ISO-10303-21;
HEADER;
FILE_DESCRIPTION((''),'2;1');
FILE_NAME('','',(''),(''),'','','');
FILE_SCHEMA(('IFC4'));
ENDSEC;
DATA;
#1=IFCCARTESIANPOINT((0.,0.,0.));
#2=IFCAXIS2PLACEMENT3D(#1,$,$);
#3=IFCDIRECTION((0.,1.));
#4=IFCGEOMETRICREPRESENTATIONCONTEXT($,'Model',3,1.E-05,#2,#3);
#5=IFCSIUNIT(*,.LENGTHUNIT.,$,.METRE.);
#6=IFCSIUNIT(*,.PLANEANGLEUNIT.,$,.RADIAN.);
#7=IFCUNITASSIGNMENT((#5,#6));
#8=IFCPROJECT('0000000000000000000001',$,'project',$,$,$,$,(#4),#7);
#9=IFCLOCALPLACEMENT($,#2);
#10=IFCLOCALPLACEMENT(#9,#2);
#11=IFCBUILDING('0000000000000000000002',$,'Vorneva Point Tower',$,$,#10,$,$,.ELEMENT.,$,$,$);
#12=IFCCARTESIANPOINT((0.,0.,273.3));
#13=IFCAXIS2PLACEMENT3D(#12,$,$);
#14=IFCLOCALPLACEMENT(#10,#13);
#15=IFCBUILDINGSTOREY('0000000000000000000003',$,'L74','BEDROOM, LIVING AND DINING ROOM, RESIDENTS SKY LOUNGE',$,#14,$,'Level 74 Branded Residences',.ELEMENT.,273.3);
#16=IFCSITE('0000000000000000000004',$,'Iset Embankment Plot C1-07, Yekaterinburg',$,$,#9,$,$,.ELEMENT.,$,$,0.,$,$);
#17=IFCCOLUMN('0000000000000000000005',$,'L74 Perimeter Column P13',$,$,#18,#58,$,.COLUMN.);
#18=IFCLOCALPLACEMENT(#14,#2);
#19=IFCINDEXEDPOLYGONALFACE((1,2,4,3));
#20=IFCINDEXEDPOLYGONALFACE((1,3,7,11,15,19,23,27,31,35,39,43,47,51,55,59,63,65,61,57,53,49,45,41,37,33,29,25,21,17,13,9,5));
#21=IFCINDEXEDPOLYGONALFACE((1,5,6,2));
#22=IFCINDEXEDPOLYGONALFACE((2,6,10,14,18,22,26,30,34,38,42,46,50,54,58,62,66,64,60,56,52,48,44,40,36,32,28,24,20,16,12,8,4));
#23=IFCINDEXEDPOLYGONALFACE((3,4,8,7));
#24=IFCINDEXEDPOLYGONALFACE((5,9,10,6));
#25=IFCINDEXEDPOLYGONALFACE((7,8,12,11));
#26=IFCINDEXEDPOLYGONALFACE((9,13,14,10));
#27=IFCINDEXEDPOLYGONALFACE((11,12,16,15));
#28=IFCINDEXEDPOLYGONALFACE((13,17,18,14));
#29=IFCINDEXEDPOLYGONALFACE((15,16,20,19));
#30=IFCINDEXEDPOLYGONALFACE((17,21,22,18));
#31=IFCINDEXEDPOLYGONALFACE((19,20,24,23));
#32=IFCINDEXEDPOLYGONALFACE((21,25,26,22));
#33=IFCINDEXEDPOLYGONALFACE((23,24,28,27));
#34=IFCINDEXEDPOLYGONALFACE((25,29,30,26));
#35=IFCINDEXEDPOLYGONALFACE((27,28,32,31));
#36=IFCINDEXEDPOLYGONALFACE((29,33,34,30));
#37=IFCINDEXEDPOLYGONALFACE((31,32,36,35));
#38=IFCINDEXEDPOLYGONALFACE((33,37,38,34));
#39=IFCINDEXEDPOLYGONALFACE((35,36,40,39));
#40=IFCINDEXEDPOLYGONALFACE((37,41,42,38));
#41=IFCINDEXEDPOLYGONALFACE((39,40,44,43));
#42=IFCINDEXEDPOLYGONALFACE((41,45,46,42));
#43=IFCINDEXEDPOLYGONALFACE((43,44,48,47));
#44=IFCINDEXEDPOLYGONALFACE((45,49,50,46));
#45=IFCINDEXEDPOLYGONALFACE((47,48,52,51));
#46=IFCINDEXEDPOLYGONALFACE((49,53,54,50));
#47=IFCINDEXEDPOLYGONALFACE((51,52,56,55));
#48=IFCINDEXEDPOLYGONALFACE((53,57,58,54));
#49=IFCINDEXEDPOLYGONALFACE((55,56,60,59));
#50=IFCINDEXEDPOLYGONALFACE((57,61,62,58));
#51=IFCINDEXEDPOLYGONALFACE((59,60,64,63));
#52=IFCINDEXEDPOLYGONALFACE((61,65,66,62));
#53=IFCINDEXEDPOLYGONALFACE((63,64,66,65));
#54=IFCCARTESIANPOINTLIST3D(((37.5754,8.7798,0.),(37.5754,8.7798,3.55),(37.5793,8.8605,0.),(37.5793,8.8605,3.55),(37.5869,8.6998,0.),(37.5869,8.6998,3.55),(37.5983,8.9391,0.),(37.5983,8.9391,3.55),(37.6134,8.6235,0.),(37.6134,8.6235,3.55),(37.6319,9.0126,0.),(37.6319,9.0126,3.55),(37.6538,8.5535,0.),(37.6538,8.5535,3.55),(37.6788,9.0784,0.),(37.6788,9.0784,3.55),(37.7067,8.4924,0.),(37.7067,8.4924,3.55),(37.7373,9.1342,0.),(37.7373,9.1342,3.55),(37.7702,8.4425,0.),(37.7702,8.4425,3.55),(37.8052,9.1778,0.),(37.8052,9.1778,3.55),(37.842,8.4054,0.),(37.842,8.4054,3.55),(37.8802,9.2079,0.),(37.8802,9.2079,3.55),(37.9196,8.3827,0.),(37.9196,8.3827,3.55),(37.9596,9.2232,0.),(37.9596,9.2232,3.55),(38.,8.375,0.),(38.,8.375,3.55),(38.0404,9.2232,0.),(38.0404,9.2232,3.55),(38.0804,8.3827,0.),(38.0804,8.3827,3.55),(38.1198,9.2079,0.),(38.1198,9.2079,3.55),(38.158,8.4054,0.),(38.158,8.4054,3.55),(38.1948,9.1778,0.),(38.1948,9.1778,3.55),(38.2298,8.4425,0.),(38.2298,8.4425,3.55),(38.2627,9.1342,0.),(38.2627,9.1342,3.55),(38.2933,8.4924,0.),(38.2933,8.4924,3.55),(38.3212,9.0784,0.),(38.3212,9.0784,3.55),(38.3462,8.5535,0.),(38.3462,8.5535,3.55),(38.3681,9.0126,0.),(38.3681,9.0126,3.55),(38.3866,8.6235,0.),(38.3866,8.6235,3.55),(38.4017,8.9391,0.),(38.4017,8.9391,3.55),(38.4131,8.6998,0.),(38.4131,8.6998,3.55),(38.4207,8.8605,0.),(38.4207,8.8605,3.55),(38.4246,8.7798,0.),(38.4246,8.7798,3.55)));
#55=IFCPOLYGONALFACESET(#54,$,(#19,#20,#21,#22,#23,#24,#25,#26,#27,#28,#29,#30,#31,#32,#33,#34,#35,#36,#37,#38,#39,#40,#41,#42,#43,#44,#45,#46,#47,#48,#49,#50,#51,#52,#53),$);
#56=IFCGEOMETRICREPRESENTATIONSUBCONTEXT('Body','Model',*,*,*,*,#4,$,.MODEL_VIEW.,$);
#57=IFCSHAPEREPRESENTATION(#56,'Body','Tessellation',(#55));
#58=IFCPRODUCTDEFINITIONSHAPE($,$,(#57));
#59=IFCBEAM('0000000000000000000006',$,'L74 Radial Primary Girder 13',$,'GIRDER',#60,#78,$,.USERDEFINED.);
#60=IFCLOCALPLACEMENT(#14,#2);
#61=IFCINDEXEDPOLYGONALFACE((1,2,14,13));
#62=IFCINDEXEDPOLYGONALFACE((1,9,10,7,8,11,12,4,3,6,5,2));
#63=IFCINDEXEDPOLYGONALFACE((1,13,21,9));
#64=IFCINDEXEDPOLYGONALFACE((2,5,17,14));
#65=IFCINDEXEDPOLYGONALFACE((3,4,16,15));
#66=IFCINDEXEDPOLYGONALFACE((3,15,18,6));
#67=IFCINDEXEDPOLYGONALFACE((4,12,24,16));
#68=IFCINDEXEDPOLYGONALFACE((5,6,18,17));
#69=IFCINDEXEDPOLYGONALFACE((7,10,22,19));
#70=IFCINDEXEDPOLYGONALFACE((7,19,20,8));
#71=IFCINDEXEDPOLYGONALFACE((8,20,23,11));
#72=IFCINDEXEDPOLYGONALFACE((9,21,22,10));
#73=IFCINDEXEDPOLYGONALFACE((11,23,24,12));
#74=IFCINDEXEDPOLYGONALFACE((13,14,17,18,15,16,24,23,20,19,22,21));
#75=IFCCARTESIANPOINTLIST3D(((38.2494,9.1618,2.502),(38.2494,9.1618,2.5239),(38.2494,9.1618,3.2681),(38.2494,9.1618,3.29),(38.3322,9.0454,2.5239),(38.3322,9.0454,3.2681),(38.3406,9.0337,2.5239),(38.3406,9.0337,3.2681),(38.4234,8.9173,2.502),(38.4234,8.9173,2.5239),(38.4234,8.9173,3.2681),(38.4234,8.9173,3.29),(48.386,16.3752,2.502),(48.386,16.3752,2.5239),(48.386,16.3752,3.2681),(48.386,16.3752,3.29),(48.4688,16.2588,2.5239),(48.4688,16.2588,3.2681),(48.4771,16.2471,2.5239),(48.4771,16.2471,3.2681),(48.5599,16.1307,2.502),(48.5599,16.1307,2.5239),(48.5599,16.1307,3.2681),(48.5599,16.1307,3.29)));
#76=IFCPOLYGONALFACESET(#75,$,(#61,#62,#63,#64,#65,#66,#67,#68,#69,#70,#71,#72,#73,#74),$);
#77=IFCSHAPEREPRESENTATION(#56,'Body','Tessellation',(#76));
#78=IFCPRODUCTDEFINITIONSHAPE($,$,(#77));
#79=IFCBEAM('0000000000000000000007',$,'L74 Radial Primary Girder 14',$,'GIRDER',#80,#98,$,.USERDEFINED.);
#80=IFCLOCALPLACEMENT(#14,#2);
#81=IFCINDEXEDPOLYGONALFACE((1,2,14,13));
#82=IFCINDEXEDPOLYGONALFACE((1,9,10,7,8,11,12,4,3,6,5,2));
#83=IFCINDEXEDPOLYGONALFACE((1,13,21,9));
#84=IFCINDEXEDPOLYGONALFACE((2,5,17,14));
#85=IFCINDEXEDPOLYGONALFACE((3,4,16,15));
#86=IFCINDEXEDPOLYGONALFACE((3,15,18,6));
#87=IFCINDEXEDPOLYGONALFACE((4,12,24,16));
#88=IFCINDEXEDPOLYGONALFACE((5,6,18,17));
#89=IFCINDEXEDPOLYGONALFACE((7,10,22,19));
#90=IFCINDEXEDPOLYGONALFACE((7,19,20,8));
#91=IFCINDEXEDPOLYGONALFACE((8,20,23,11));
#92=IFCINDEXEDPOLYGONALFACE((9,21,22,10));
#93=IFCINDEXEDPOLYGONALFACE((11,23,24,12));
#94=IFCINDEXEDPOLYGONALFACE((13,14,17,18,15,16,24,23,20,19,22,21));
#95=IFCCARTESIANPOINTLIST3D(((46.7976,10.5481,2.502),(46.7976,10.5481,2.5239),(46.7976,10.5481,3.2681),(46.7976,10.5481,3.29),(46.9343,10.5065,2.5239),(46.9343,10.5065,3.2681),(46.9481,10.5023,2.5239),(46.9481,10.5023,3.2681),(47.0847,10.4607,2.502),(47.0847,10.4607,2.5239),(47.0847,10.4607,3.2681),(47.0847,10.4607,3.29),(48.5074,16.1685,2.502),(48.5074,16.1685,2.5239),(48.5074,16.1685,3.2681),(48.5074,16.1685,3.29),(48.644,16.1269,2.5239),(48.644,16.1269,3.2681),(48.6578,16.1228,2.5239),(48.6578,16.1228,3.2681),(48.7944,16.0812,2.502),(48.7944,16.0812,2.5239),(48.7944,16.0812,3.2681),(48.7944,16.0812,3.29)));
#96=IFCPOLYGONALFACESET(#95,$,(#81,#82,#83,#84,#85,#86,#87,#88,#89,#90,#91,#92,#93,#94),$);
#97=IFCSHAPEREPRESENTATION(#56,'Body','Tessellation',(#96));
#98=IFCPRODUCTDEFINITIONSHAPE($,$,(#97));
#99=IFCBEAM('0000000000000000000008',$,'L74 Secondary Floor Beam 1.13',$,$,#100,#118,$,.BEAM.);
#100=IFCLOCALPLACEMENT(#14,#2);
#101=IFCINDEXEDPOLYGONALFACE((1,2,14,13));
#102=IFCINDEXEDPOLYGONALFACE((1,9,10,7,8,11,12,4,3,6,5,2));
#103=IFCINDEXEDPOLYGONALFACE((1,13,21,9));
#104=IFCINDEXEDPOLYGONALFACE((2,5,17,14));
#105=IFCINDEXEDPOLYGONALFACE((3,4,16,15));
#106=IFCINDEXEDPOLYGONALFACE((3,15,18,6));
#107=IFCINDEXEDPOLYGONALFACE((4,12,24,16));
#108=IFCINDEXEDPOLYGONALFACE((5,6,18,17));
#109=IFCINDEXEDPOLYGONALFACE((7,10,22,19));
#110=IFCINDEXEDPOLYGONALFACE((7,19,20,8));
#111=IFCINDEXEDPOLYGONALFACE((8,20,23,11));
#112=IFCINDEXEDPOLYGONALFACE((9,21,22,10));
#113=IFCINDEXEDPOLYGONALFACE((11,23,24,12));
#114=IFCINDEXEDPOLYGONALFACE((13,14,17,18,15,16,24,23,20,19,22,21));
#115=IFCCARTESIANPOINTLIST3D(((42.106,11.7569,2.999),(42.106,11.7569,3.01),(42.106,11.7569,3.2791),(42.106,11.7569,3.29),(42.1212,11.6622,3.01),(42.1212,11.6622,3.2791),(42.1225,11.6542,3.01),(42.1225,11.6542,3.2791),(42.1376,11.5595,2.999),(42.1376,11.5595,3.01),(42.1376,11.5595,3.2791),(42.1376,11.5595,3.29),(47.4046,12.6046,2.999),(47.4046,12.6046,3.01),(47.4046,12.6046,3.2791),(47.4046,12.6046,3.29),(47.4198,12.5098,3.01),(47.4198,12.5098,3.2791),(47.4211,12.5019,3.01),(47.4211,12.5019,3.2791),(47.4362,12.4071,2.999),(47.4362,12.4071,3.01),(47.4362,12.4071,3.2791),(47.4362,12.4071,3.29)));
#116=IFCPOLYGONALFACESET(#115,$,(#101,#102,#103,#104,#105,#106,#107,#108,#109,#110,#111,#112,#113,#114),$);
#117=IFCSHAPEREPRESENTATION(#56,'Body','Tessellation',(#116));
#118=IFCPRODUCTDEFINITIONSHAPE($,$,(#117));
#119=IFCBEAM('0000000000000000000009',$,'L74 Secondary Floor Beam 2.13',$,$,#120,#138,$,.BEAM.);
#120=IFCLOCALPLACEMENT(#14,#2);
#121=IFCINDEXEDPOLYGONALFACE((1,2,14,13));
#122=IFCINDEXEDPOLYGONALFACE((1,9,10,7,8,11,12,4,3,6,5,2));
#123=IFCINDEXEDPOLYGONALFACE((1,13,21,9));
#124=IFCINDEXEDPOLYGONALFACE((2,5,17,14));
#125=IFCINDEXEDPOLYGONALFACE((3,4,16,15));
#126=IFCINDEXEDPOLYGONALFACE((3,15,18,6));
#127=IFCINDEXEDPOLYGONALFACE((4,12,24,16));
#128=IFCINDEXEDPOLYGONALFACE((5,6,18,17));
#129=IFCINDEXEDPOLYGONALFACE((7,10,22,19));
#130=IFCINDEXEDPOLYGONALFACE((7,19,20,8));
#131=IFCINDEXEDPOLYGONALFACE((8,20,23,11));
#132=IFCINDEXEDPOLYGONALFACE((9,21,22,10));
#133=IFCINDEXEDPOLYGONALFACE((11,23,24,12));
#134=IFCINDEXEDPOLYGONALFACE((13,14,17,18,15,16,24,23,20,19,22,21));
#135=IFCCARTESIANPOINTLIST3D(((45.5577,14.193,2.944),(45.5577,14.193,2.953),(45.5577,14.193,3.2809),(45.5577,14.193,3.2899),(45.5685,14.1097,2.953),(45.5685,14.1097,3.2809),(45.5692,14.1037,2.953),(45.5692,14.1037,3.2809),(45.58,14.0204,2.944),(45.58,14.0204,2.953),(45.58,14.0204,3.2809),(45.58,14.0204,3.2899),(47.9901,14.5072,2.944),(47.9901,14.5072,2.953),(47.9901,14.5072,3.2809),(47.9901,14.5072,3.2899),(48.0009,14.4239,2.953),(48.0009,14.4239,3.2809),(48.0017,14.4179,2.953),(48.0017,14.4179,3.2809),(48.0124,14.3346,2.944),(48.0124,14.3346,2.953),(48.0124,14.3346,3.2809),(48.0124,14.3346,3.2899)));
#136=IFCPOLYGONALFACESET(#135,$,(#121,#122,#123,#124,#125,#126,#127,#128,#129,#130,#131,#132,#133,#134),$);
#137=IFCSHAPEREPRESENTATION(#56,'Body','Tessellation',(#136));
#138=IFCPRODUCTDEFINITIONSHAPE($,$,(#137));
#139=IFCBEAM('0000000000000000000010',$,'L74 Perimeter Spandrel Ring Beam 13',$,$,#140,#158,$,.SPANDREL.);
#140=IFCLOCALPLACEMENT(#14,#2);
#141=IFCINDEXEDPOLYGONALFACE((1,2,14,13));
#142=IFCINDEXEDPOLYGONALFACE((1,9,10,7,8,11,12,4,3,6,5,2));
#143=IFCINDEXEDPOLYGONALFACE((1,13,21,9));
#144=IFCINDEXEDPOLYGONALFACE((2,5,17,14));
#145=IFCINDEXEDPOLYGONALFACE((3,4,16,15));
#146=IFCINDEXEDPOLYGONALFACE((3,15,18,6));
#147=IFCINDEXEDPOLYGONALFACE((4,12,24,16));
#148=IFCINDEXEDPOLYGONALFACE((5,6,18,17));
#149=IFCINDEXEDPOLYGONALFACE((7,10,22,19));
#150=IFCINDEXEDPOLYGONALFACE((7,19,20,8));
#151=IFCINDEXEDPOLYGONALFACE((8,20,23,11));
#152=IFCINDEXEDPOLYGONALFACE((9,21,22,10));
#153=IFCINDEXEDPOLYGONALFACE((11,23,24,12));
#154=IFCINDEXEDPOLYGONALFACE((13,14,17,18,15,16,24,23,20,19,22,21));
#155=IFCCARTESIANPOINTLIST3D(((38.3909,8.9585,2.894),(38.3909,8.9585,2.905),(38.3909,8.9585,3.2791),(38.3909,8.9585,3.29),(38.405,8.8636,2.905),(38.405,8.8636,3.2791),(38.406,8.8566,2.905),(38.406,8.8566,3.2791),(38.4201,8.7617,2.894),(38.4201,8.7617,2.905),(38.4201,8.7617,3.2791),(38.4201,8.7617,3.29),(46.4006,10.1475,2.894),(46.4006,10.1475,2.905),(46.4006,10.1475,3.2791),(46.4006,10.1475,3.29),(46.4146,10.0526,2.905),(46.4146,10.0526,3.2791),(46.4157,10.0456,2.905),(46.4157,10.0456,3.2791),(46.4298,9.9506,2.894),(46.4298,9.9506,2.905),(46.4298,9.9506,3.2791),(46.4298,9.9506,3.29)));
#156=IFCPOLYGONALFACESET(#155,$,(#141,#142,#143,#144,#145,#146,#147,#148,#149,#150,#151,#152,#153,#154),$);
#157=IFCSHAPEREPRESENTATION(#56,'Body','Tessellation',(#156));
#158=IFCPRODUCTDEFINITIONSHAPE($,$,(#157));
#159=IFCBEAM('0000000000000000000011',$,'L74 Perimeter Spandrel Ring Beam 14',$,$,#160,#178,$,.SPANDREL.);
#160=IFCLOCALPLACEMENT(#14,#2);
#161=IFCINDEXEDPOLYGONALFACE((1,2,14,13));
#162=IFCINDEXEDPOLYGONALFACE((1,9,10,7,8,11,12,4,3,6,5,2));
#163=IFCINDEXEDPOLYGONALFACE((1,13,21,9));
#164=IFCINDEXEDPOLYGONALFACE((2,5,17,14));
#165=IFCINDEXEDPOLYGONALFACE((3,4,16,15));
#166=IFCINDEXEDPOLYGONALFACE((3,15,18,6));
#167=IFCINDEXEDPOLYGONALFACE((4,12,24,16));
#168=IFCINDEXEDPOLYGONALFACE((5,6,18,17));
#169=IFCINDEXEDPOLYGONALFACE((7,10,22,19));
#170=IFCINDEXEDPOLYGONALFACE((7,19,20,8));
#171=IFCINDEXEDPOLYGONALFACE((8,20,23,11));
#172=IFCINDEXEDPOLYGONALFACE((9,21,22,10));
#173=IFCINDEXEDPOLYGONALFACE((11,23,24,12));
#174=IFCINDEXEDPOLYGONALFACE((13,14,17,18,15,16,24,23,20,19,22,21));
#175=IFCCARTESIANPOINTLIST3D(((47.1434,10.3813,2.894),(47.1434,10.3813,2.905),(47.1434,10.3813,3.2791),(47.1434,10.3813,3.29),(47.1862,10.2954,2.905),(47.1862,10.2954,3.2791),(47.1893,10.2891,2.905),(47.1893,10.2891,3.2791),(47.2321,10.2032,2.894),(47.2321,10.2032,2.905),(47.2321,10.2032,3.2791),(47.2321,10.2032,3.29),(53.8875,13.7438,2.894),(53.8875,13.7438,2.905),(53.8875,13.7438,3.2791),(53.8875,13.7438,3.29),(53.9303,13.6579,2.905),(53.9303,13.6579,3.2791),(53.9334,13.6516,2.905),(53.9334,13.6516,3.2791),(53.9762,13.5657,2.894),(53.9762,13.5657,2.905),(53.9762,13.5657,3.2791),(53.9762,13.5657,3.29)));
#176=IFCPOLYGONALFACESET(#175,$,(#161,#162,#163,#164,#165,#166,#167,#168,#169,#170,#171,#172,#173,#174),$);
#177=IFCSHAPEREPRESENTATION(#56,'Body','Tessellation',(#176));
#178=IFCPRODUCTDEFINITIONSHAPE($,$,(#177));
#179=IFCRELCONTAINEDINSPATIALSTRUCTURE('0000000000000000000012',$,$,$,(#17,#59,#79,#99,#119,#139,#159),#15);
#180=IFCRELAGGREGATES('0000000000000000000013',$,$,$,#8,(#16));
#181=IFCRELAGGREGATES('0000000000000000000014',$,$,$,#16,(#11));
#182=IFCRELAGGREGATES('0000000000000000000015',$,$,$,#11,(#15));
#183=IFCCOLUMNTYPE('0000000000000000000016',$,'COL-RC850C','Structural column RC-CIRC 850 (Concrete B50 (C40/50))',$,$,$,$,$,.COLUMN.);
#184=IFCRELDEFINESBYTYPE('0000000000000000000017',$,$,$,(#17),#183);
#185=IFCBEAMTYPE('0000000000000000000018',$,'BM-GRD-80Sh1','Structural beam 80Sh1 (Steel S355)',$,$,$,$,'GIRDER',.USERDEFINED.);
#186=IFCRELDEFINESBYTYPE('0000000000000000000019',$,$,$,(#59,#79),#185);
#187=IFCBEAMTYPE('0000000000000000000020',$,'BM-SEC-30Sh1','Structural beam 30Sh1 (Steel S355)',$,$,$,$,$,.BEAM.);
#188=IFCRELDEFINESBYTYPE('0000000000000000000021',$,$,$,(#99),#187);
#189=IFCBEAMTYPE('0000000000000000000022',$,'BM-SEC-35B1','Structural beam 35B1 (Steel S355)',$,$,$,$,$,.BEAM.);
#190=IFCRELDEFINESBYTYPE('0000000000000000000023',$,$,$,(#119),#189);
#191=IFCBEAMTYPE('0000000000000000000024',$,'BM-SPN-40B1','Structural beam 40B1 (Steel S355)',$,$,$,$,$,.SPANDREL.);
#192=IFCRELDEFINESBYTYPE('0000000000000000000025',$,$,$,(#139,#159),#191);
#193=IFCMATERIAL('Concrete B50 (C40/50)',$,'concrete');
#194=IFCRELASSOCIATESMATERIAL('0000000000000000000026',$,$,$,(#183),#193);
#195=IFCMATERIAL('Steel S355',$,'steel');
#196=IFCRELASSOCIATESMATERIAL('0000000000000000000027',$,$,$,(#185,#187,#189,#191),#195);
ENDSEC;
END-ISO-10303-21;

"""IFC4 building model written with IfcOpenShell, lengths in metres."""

from ifc_helpers import new_model, si_unit, direction, frame, origin, origin_2d, place, context, subcontext, project, spatial, circle, i_section, extrude, material, material_profile, profile_set, type_object, element, save


model = new_model("IFC4")

# Units and contexts
model_context = context("Model", 3, precision=1e-05, world=origin(), true_north=direction((0.0, 1.0)))
body_context = subcontext(model_context, "Body", "Model", "MODEL_VIEW")
ifc_project = project(units=[si_unit("LENGTHUNIT", "METRE"), si_unit("PLANEANGLEUNIT", "RADIAN")], contexts=[model_context])

# Site, building, storey
site_placement = place(None, origin())
site = spatial("IfcSite", under=ifc_project, at=site_placement, Name="Iset Embankment Plot C1-07, Yekaterinburg", CompositionType="ELEMENT", RefElevation=0.0)
building_placement = place(site_placement, origin())
building = spatial("IfcBuilding", under=site, at=building_placement, Name="Vorneva Point Tower", CompositionType="ELEMENT")
storey_placement = place(building_placement, frame((0.0, 0.0, 273.3)))
storey = spatial("IfcBuildingStorey", under=building, at=storey_placement, Name="L74", Description="BEDROOM, LIVING AND DINING ROOM, RESIDENTS SKY LOUNGE", LongName="Level 74 Branded Residences", CompositionType="ELEMENT", Elevation=273.3)

# Column
ifc_material_1 = material(Name="Concrete B50 (C40/50)", Category="concrete")
ifc_material_profile_1 = material_profile(ifc_material_1, circle(Radius=0.425, at=origin_2d()), Name="RC-CIRC 850")
ifc_profile_set_1 = profile_set([ifc_material_profile_1], Name="Concrete B50 (C40/50)")
column_type = type_object("IfcColumnType", Name="COL-RC850C", Description="Structural column RC-CIRC 850 (Concrete B50 (C40/50))", PredefinedType="COLUMN", material=ifc_profile_set_1)
for number, where, z_axis, x_axis, name in (
    (1, (38.0, 8.8, 0.0), (0.0, 0.0, 1.0), (0.0, -1.0, 0.0), "L74 Perimeter Column P13"),
):
    element("IfcColumn", number, at=place(storey_placement, frame(where, z_axis=z_axis, x_axis=x_axis)), inside=storey, type_object=column_type, Name=name, PredefinedType="COLUMN", context=body_context, shape_type="SweptSolid", body=[
        extrude(circle(Radius=0.425, at=origin_2d()), origin(), (0.0, 0.0, 1.0), 3.55),
    ])

# Beams
ifc_material_2 = material(Name="Steel S355", Category="steel")
ifc_material_profile_2 = material_profile(ifc_material_2, i_section(OverallWidth=0.3, OverallDepth=0.7881, WebThickness=0.0144, FlangeThickness=0.022, at=origin_2d()), Name="80Sh1")
ifc_profile_set_2 = profile_set([ifc_material_profile_2], Name="Steel S355")
beam_type_1 = type_object("IfcBeamType", Name="BM-GRD-80Sh1", Description="Structural beam 80Sh1 (Steel S355)", ElementType="GIRDER", PredefinedType="USERDEFINED", material=ifc_profile_set_2)
beam_1_placement = place(storey_placement, frame((38.3364, 9.0396, 2.896), z_axis=(0.814757, 0.579802, 0.0), x_axis=(-0.579802, 0.814757, 0.0)))
element("IfcBeam", 2, at=beam_1_placement, inside=storey, type_object=beam_type_1, Name="L74 Radial Primary Girder 13", ObjectType="GIRDER", PredefinedType="USERDEFINED", context=body_context, shape_type="SweptSolid", body=[
    extrude(i_section(OverallWidth=0.3, OverallDepth=0.7881, WebThickness=0.0144, FlangeThickness=0.022, at=origin_2d()), origin(), (0.0, 0.0, 1.0), 12.4412),
])
beam_2_placement = place(storey_placement, frame((46.9412, 10.5044, 2.896), z_axis=(0.291033, 0.956713, 0.0), x_axis=(-0.956713, 0.291033, 0.0)))
element("IfcBeam", 3, at=beam_2_placement, inside=storey, type_object=beam_type_1, Name="L74 Radial Primary Girder 14", ObjectType="GIRDER", PredefinedType="USERDEFINED", context=body_context, shape_type="SweptSolid", body=[
    extrude(i_section(OverallWidth=0.3, OverallDepth=0.7881, WebThickness=0.0144, FlangeThickness=0.022, at=origin_2d()), origin(), (0.0, 0.0, 1.0), 5.8748),
])
ifc_material_profile_3 = material_profile(ifc_material_2, i_section(OverallWidth=0.2, OverallDepth=0.291, WebThickness=0.0081, FlangeThickness=0.011, at=origin_2d()), Name="30Sh1")
ifc_profile_set_3 = profile_set([ifc_material_profile_3], Name="Steel S355")
beam_type_2 = type_object("IfcBeamType", Name="BM-SEC-30Sh1", Description="Structural beam 30Sh1 (Steel S355)", PredefinedType="BEAM", material=ifc_profile_set_3)
beam_3_placement = place(storey_placement, frame((42.1218, 11.6582, 3.1445), z_axis=(0.987444, 0.157969, 0.0), x_axis=(-0.157969, 0.987444, 0.0)))
element("IfcBeam", 4, at=beam_3_placement, inside=storey, type_object=beam_type_2, Name="L74 Secondary Floor Beam 1.13", PredefinedType="BEAM", context=body_context, shape_type="SweptSolid", body=[
    extrude(i_section(OverallWidth=0.2, OverallDepth=0.291, WebThickness=0.0081, FlangeThickness=0.011, at=origin_2d()), origin(), (0.0, 0.0, 1.0), 5.366),
])
ifc_material_profile_4 = material_profile(ifc_material_2, i_section(OverallWidth=0.1741, OverallDepth=0.3459, WebThickness=0.0061, FlangeThickness=0.009, at=origin_2d()), Name="35B1")
ifc_profile_set_4 = profile_set([ifc_material_profile_4], Name="Steel S355")
beam_type_3 = type_object("IfcBeamType", Name="BM-SEC-35B1", Description="Structural beam 35B1 (Steel S355)", PredefinedType="BEAM", material=ifc_profile_set_4)
beam_4_placement = place(storey_placement, frame((45.5688, 14.1067, 3.1169), z_axis=(0.99176, 0.128113, 0.0), x_axis=(-0.128113, 0.99176, 0.0)))
element("IfcBeam", 5, at=beam_4_placement, inside=storey, type_object=beam_type_3, Name="L74 Secondary Floor Beam 2.13", PredefinedType="BEAM", context=body_context, shape_type="SweptSolid", body=[
    extrude(i_section(OverallWidth=0.1741, OverallDepth=0.3459, WebThickness=0.0061, FlangeThickness=0.009, at=origin_2d()), origin(), (0.0, 0.0, 1.0), 2.4526),
])
ifc_material_profile_5 = material_profile(ifc_material_2, i_section(OverallWidth=0.199, OverallDepth=0.396, WebThickness=0.0071, FlangeThickness=0.011, at=origin_2d()), Name="40B1")
ifc_profile_set_5 = profile_set([ifc_material_profile_5], Name="Steel S355")
beam_type_4 = type_object("IfcBeamType", Name="BM-SPN-40B1", Description="Structural beam 40B1 (Steel S355)", PredefinedType="SPANDREL", material=ifc_profile_set_5)
beam_5_placement = place(storey_placement, frame((38.4055, 8.8601, 3.092), z_axis=(0.989162, 0.146831, 0.0), x_axis=(-0.146831, 0.989162, 0.0)))
element("IfcBeam", 6, at=beam_5_placement, inside=storey, type_object=beam_type_4, Name="L74 Perimeter Spandrel Ring Beam 13", PredefinedType="SPANDREL", context=body_context, shape_type="SweptSolid", body=[
    extrude(i_section(OverallWidth=0.199, OverallDepth=0.396, WebThickness=0.0071, FlangeThickness=0.011, at=origin_2d()), origin(), (0.0, 0.0, 1.0), 8.0974),
])
beam_6_placement = place(storey_placement, frame((47.1877, 10.2922, 3.092), z_axis=(0.894932, 0.446203, 0.0), x_axis=(-0.446203, 0.894932, 0.0)))
element("IfcBeam", 7, at=beam_6_placement, inside=storey, type_object=beam_type_4, Name="L74 Perimeter Spandrel Ring Beam 14", PredefinedType="SPANDREL", context=body_context, shape_type="SweptSolid", body=[
    extrude(i_section(OverallWidth=0.199, OverallDepth=0.396, WebThickness=0.0071, FlangeThickness=0.011, at=origin_2d()), origin(), (0.0, 0.0, 1.0), 7.5359),
])

save(model, "model.ifc")
